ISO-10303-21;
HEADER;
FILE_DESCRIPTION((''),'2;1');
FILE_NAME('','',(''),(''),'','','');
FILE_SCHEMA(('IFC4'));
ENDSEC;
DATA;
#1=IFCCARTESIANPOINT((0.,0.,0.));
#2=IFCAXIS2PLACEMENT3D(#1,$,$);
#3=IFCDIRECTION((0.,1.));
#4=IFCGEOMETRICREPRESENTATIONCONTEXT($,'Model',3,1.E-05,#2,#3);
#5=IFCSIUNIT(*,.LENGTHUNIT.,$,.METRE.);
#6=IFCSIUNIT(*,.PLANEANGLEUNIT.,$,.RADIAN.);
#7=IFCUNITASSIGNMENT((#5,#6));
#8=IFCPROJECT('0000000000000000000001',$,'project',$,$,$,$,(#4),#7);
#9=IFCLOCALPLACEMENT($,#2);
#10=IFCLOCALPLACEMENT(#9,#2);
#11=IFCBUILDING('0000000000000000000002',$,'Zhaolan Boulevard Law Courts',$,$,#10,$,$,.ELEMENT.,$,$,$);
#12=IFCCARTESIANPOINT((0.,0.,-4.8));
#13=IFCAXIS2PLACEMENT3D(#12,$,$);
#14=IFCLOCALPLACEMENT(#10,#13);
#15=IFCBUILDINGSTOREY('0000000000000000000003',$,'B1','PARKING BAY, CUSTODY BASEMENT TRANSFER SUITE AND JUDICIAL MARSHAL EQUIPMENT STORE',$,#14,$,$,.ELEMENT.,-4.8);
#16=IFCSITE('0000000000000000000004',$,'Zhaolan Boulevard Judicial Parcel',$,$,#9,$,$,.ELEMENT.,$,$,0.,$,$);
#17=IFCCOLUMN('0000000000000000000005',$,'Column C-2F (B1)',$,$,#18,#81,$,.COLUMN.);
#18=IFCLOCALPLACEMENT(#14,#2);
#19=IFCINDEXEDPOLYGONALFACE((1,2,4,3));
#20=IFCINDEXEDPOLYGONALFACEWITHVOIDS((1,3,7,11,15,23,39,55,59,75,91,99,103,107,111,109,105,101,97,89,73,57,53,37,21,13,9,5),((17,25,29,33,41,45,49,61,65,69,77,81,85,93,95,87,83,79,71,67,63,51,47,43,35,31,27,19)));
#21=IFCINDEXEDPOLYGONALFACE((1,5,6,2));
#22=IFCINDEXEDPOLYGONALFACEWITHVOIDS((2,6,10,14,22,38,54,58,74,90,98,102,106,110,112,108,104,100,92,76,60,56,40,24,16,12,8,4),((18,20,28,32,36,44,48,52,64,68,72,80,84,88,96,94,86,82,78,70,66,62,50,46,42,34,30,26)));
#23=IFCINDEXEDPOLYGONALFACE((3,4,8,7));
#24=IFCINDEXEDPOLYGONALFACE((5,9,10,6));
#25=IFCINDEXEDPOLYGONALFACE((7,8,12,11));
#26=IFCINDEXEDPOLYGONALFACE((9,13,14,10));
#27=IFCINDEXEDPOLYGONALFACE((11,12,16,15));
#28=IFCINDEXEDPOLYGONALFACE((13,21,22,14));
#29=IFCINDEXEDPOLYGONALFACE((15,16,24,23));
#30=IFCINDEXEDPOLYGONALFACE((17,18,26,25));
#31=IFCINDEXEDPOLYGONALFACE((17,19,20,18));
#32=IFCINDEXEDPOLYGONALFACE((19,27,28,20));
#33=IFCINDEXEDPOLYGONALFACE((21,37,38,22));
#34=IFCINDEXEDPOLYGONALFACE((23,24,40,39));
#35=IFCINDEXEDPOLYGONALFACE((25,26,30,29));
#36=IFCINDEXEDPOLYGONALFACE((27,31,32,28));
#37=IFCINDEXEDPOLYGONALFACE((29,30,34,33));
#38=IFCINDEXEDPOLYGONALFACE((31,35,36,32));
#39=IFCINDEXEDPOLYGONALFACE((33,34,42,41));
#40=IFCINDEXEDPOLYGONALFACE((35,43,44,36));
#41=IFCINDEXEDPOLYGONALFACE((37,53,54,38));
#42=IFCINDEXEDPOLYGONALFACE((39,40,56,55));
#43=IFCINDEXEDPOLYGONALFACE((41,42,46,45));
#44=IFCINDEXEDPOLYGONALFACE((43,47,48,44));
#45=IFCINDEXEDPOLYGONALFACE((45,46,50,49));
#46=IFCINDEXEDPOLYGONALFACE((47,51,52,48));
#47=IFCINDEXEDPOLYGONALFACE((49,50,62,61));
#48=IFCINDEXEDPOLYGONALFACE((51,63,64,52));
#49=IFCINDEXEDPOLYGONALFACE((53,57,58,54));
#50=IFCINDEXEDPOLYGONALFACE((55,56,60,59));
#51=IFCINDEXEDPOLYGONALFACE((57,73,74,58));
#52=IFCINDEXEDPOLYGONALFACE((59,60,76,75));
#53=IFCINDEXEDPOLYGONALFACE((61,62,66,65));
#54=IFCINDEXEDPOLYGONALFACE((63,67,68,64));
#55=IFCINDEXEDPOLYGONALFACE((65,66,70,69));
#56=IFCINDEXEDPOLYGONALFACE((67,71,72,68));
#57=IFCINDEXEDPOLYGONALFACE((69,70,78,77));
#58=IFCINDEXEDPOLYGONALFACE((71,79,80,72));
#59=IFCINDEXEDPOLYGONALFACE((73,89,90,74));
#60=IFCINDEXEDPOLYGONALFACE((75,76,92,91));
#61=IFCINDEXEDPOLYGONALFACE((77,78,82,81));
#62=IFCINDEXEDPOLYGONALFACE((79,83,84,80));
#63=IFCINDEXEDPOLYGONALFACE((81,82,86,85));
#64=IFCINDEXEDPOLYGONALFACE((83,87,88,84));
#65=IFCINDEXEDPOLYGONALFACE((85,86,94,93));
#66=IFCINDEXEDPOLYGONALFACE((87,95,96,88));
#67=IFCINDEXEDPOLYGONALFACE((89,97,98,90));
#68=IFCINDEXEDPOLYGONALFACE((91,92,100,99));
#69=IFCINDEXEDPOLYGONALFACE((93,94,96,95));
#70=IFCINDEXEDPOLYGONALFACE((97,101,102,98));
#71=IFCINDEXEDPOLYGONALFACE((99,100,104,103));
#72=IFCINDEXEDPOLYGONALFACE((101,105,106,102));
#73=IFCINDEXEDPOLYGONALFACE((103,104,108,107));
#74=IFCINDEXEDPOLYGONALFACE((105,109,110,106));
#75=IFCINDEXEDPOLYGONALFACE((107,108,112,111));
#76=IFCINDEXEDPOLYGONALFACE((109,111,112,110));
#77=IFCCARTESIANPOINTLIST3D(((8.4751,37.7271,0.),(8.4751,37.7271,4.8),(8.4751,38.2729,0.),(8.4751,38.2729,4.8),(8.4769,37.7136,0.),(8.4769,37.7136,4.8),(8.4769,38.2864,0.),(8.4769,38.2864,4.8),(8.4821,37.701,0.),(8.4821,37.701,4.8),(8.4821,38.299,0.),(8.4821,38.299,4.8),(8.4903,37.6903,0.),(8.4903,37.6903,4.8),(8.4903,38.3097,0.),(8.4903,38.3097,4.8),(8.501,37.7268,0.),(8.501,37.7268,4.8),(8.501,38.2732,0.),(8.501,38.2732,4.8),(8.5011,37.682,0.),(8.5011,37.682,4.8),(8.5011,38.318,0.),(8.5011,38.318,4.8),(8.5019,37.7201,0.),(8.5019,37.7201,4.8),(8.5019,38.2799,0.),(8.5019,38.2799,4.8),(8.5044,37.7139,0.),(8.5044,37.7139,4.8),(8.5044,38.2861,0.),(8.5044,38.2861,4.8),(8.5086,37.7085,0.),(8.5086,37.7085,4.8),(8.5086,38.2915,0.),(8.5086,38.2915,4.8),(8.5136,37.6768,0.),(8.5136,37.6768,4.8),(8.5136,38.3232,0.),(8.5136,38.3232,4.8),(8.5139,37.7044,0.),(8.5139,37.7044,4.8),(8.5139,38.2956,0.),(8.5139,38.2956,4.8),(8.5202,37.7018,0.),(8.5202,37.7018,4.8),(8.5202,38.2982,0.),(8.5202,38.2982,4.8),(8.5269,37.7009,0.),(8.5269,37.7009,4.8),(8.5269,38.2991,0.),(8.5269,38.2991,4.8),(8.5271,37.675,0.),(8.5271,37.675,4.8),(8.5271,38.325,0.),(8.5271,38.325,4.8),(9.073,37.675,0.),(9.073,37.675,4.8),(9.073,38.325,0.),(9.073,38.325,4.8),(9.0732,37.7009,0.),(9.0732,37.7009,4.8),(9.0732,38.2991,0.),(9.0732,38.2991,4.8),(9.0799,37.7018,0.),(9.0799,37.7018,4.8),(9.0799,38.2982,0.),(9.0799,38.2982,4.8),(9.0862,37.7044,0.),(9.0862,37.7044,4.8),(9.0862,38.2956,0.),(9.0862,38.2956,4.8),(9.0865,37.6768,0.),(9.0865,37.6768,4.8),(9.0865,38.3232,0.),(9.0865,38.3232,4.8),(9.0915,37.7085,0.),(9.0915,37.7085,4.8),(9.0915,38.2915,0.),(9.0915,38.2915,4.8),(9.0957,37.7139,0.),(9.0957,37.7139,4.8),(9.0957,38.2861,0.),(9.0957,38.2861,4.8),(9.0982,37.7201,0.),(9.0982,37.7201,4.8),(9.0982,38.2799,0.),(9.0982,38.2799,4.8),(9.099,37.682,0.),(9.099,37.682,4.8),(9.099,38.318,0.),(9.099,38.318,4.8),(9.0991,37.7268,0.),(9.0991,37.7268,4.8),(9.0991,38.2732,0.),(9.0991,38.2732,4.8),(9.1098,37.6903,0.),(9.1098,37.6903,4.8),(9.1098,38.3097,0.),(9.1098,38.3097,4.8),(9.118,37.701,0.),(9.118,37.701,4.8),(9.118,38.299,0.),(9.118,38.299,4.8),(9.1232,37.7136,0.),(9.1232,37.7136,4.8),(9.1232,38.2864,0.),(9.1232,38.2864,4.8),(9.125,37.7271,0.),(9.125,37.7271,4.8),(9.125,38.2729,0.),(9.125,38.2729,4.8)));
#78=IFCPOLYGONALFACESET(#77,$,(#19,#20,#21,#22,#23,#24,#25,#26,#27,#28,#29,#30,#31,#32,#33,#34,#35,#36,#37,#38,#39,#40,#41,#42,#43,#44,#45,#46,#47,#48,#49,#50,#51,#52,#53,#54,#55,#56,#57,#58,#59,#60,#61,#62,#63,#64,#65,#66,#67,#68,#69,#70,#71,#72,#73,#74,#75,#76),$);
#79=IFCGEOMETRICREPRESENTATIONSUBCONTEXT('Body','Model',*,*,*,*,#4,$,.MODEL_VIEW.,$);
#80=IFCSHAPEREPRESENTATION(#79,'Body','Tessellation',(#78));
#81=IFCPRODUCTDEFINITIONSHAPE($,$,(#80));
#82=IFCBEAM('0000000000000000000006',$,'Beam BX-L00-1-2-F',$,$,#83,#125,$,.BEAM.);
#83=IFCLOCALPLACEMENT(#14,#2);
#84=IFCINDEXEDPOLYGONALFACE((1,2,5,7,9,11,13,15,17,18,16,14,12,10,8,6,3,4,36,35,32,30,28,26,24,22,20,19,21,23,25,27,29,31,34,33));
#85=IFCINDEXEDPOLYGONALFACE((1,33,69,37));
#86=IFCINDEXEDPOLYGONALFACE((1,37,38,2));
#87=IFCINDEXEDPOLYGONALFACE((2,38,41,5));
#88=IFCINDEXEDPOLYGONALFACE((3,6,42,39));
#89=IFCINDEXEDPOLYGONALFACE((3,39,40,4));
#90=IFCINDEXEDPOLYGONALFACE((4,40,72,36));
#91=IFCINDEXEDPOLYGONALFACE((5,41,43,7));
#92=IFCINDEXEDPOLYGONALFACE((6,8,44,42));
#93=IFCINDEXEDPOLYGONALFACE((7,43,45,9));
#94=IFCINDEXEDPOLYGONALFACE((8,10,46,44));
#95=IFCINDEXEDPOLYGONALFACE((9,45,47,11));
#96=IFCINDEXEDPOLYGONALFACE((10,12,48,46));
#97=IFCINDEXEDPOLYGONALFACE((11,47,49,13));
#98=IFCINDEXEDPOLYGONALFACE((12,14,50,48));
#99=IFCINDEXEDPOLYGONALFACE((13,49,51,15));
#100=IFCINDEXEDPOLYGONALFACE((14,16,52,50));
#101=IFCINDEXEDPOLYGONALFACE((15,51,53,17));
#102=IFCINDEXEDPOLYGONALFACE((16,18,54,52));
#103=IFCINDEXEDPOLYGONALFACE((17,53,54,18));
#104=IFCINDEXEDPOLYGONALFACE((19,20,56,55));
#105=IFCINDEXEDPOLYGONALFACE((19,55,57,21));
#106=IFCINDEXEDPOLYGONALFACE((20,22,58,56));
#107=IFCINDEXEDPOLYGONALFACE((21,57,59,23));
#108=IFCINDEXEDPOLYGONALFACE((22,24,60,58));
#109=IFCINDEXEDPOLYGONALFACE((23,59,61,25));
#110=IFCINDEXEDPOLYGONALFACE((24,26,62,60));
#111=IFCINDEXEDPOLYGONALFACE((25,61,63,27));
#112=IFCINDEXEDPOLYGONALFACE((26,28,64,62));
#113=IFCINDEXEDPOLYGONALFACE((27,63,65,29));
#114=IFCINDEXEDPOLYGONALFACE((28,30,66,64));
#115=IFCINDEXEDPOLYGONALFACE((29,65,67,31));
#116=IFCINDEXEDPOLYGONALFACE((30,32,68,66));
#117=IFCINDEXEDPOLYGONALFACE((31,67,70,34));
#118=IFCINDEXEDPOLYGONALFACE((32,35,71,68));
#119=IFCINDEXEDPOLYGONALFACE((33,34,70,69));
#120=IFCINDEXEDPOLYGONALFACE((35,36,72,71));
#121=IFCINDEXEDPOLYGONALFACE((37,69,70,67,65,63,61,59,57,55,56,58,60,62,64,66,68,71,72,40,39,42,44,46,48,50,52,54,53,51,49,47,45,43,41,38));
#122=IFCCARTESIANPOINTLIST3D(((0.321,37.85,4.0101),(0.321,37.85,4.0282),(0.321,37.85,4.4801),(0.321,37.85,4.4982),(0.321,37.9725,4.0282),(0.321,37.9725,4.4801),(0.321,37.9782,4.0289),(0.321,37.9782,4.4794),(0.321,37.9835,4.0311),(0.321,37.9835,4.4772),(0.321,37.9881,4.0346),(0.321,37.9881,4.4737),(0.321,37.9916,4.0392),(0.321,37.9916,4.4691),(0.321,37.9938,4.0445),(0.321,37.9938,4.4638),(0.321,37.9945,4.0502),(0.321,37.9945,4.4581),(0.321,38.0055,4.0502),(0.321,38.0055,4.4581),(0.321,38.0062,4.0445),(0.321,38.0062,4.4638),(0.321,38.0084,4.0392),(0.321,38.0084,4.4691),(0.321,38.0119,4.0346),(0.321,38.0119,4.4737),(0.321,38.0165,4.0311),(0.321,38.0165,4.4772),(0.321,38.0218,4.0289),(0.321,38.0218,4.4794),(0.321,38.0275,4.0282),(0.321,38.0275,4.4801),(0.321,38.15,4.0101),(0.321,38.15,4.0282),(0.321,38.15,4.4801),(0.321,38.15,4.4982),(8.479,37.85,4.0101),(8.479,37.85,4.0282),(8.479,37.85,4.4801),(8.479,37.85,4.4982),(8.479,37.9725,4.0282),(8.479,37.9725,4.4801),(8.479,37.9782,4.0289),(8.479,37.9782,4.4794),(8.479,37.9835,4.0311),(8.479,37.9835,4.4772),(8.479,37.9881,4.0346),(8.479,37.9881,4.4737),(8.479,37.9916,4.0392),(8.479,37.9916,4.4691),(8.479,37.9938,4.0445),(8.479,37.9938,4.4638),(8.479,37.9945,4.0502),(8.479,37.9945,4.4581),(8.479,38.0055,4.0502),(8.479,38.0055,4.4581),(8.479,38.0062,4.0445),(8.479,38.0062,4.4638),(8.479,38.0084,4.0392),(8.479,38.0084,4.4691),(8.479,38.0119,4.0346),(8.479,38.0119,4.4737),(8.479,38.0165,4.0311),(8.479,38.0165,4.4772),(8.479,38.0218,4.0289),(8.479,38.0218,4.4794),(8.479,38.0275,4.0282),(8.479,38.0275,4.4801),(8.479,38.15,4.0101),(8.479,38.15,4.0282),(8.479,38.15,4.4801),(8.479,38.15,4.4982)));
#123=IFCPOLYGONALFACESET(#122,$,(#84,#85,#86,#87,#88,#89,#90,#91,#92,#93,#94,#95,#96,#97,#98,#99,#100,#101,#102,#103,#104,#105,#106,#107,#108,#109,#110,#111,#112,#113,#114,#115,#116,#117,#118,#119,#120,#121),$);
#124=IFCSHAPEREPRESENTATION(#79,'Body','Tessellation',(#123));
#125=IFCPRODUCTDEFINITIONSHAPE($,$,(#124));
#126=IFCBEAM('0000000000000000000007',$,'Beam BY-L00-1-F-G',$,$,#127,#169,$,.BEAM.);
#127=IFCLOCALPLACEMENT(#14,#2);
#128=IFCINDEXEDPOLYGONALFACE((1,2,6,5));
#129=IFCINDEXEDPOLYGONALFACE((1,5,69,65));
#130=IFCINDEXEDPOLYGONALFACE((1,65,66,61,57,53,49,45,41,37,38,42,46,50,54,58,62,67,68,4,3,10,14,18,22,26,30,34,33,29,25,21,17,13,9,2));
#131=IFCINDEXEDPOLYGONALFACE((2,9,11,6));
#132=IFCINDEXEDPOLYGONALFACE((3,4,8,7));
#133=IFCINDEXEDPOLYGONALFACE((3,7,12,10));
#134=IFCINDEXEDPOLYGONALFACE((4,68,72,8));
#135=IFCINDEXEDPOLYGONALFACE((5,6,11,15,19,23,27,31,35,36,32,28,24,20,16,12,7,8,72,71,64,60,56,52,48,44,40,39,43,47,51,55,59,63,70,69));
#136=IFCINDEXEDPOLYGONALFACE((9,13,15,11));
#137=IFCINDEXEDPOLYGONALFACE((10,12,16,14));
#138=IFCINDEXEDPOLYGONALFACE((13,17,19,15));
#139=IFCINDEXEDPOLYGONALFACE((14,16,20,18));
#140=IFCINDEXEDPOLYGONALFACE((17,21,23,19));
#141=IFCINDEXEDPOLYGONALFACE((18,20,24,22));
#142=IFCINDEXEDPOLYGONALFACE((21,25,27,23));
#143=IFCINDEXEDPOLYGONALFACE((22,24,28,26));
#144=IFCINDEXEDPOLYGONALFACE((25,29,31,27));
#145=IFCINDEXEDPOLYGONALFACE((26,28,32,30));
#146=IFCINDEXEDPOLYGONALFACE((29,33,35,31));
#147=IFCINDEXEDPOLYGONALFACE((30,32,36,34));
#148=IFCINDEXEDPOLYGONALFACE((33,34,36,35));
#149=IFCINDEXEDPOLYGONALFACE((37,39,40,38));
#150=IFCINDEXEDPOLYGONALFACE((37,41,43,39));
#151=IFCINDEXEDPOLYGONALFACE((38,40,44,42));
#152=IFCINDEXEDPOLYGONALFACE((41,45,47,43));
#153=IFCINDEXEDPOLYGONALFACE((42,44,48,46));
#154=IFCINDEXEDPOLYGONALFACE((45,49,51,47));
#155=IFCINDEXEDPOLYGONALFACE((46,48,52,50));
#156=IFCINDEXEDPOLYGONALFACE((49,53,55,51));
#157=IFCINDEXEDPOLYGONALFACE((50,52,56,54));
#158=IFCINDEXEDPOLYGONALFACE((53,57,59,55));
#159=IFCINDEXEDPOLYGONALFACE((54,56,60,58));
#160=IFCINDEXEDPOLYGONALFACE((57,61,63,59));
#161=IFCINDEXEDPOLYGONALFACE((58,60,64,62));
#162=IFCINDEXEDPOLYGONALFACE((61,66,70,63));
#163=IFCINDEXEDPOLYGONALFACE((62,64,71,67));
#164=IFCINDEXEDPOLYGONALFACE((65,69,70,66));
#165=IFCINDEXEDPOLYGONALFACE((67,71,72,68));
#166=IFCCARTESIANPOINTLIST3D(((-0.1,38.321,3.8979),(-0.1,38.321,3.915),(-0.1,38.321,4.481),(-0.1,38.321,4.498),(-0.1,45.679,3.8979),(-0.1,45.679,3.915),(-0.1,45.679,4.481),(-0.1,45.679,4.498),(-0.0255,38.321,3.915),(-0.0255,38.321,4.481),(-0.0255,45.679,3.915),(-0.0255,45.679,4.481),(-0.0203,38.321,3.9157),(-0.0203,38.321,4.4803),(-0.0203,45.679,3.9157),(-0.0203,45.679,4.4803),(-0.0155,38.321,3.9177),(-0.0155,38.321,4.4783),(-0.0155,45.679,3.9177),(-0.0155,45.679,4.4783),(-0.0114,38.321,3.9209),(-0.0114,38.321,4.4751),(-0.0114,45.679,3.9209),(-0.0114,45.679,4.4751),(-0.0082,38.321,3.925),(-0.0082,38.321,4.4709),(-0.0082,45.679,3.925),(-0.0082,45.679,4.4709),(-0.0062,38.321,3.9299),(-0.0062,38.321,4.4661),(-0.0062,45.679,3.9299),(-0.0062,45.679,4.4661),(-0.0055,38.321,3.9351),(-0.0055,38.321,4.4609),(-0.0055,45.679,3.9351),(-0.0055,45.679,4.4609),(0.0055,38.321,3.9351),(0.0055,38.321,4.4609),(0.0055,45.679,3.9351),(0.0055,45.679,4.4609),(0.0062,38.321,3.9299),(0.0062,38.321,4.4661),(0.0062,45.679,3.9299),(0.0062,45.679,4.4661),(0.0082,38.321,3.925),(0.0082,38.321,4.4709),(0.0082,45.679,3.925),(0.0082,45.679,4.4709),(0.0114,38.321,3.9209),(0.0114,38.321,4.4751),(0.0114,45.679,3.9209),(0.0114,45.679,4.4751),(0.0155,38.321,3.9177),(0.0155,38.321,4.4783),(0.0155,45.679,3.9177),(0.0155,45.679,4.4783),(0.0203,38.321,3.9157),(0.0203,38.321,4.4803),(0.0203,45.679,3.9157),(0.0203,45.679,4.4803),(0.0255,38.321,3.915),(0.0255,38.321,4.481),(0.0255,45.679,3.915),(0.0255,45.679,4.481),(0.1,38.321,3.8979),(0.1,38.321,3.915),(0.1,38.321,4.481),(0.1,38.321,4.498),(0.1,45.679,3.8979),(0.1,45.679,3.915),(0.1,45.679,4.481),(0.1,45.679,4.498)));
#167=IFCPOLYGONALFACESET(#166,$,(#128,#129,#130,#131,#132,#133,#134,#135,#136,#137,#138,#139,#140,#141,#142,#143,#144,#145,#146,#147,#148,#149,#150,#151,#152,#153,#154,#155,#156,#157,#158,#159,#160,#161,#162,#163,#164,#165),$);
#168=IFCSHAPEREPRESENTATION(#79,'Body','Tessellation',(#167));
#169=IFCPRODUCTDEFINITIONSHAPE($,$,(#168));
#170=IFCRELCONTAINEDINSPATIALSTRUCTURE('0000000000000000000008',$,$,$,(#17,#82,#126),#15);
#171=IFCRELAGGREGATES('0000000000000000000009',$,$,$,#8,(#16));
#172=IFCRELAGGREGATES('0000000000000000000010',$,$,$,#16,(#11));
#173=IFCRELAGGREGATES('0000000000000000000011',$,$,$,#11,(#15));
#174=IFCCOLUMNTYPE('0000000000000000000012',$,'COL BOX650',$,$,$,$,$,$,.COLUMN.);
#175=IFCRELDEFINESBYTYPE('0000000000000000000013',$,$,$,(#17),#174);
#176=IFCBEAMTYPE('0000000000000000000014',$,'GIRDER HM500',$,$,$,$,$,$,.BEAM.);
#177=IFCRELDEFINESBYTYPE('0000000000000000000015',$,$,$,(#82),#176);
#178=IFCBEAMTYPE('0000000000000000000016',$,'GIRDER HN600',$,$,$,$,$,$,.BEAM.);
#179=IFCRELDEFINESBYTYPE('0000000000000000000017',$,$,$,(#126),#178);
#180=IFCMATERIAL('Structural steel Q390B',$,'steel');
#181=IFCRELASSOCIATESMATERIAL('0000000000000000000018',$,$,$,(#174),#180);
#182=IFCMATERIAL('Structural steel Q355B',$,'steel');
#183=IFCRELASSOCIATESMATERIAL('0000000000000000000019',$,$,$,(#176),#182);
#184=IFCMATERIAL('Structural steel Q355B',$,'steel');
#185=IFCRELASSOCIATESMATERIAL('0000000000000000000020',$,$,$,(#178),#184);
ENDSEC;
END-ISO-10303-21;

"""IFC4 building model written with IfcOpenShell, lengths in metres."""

from ifc_helpers import new_model, si_unit, direction, frame, origin, origin_2d, place, context, subcontext, project, spatial, hollow_rectangle, i_section, extrude, material, material_profile, profile_set, type_object, element, save


model = new_model("IFC4")

# Units and contexts
model_context = context("Model", 3, precision=1e-05, world=origin(), true_north=direction((0.0, 1.0)))
body_context = subcontext(model_context, "Body", "Model", "MODEL_VIEW")
ifc_project = project(units=[si_unit("LENGTHUNIT", "METRE"), si_unit("PLANEANGLEUNIT", "RADIAN")], contexts=[model_context])

# Site, building, storey
site_placement = place(None, origin())
site = spatial("IfcSite", under=ifc_project, at=site_placement, Name="Zhaolan Boulevard Judicial Parcel", CompositionType="ELEMENT", RefElevation=0.0)
building_placement = place(site_placement, origin())
building = spatial("IfcBuilding", under=site, at=building_placement, Name="Zhaolan Boulevard Law Courts", CompositionType="ELEMENT")
storey_placement = place(building_placement, frame((0.0, 0.0, -4.8)))
storey = spatial("IfcBuildingStorey", under=building, at=storey_placement, Name="B1", Description="PARKING BAY, CUSTODY BASEMENT TRANSFER SUITE AND JUDICIAL MARSHAL EQUIPMENT STORE", CompositionType="ELEMENT", Elevation=-4.8)

# Column
ifc_material_1 = material(Name="Structural steel Q390B", Category="steel")
ifc_material_profile_1 = material_profile(ifc_material_1, hollow_rectangle(XDim=0.6499, YDim=0.6499, WallThickness=0.0259, InnerFilletRadius=0.0259, OuterFilletRadius=0.052, at=origin_2d()), Name="BOX650x650x26")
ifc_profile_set_1 = profile_set([ifc_material_profile_1], Name="Structural steel Q390B")
column_type = type_object("IfcColumnType", Name="COL BOX650", PredefinedType="COLUMN", material=ifc_profile_set_1)
for number, where, z_axis, x_axis, name in (
    (1, (8.8, 38.0, 0.0), (0.0, 0.0, 1.0), (1.0, 0.0, 0.0), "Column C-2F (B1)"),
):
    element("IfcColumn", number, at=place(storey_placement, frame(where, z_axis=z_axis, x_axis=x_axis)), inside=storey, type_object=column_type, Name=name, PredefinedType="COLUMN", context=body_context, shape_type="SweptSolid", body=[
        extrude(hollow_rectangle(XDim=0.6499, YDim=0.6499, WallThickness=0.0259, InnerFilletRadius=0.0259, OuterFilletRadius=0.052, at=origin_2d()), origin(), (0.0, 0.0, 1.0), 4.8),
    ])

# Beams
ifc_material_2 = material(Name="Structural steel Q355B", Category="steel")
ifc_material_profile_2 = material_profile(ifc_material_2, i_section(OverallWidth=0.3, OverallDepth=0.488, WebThickness=0.011, FlangeThickness=0.0181, FilletRadius=0.022, at=origin_2d()), Name="HM488x300")
ifc_profile_set_2 = profile_set([ifc_material_profile_2], Name="Structural steel Q355B")
beam_type_1 = type_object("IfcBeamType", Name="GIRDER HM500", PredefinedType="BEAM", material=ifc_profile_set_2)
beam_1_placement = place(storey_placement, frame((0.321, 38.0, 4.2542), z_axis=(1.0, 0.0, 0.0), x_axis=(0.0, 1.0, 0.0)))
element("IfcBeam", 2, at=beam_1_placement, inside=storey, type_object=beam_type_1, Name="Beam BX-L00-1-2-F", PredefinedType="BEAM", context=body_context, shape_type="SweptSolid", body=[
    extrude(i_section(OverallWidth=0.3, OverallDepth=0.488, WebThickness=0.011, FlangeThickness=0.0181, FilletRadius=0.022, at=origin_2d()), origin(), (0.0, 0.0, 1.0), 8.158),
])
ifc_material_3 = material(Name="Structural steel Q355B", Category="steel")
ifc_material_profile_3 = material_profile(ifc_material_3, i_section(OverallWidth=0.2, OverallDepth=0.6001, WebThickness=0.011, FlangeThickness=0.0171, FilletRadius=0.02, at=origin_2d()), Name="HN600x200")
ifc_profile_set_3 = profile_set([ifc_material_profile_3], Name="Structural steel Q355B")
beam_type_2 = type_object("IfcBeamType", Name="GIRDER HN600", PredefinedType="BEAM", material=ifc_profile_set_3)
beam_2_placement = place(storey_placement, frame((0.0, 38.321, 4.198), z_axis=(0.0, 1.0, 0.0), x_axis=(-1.0, 0.0, 0.0)))
element("IfcBeam", 3, at=beam_2_placement, inside=storey, type_object=beam_type_2, Name="Beam BY-L00-1-F-G", PredefinedType="BEAM", context=body_context, shape_type="SweptSolid", body=[
    extrude(i_section(OverallWidth=0.2, OverallDepth=0.6001, WebThickness=0.011, FlangeThickness=0.0171, FilletRadius=0.02, at=origin_2d()), origin(), (0.0, 0.0, 1.0), 7.3579),
])

save(model, "model.ifc")
